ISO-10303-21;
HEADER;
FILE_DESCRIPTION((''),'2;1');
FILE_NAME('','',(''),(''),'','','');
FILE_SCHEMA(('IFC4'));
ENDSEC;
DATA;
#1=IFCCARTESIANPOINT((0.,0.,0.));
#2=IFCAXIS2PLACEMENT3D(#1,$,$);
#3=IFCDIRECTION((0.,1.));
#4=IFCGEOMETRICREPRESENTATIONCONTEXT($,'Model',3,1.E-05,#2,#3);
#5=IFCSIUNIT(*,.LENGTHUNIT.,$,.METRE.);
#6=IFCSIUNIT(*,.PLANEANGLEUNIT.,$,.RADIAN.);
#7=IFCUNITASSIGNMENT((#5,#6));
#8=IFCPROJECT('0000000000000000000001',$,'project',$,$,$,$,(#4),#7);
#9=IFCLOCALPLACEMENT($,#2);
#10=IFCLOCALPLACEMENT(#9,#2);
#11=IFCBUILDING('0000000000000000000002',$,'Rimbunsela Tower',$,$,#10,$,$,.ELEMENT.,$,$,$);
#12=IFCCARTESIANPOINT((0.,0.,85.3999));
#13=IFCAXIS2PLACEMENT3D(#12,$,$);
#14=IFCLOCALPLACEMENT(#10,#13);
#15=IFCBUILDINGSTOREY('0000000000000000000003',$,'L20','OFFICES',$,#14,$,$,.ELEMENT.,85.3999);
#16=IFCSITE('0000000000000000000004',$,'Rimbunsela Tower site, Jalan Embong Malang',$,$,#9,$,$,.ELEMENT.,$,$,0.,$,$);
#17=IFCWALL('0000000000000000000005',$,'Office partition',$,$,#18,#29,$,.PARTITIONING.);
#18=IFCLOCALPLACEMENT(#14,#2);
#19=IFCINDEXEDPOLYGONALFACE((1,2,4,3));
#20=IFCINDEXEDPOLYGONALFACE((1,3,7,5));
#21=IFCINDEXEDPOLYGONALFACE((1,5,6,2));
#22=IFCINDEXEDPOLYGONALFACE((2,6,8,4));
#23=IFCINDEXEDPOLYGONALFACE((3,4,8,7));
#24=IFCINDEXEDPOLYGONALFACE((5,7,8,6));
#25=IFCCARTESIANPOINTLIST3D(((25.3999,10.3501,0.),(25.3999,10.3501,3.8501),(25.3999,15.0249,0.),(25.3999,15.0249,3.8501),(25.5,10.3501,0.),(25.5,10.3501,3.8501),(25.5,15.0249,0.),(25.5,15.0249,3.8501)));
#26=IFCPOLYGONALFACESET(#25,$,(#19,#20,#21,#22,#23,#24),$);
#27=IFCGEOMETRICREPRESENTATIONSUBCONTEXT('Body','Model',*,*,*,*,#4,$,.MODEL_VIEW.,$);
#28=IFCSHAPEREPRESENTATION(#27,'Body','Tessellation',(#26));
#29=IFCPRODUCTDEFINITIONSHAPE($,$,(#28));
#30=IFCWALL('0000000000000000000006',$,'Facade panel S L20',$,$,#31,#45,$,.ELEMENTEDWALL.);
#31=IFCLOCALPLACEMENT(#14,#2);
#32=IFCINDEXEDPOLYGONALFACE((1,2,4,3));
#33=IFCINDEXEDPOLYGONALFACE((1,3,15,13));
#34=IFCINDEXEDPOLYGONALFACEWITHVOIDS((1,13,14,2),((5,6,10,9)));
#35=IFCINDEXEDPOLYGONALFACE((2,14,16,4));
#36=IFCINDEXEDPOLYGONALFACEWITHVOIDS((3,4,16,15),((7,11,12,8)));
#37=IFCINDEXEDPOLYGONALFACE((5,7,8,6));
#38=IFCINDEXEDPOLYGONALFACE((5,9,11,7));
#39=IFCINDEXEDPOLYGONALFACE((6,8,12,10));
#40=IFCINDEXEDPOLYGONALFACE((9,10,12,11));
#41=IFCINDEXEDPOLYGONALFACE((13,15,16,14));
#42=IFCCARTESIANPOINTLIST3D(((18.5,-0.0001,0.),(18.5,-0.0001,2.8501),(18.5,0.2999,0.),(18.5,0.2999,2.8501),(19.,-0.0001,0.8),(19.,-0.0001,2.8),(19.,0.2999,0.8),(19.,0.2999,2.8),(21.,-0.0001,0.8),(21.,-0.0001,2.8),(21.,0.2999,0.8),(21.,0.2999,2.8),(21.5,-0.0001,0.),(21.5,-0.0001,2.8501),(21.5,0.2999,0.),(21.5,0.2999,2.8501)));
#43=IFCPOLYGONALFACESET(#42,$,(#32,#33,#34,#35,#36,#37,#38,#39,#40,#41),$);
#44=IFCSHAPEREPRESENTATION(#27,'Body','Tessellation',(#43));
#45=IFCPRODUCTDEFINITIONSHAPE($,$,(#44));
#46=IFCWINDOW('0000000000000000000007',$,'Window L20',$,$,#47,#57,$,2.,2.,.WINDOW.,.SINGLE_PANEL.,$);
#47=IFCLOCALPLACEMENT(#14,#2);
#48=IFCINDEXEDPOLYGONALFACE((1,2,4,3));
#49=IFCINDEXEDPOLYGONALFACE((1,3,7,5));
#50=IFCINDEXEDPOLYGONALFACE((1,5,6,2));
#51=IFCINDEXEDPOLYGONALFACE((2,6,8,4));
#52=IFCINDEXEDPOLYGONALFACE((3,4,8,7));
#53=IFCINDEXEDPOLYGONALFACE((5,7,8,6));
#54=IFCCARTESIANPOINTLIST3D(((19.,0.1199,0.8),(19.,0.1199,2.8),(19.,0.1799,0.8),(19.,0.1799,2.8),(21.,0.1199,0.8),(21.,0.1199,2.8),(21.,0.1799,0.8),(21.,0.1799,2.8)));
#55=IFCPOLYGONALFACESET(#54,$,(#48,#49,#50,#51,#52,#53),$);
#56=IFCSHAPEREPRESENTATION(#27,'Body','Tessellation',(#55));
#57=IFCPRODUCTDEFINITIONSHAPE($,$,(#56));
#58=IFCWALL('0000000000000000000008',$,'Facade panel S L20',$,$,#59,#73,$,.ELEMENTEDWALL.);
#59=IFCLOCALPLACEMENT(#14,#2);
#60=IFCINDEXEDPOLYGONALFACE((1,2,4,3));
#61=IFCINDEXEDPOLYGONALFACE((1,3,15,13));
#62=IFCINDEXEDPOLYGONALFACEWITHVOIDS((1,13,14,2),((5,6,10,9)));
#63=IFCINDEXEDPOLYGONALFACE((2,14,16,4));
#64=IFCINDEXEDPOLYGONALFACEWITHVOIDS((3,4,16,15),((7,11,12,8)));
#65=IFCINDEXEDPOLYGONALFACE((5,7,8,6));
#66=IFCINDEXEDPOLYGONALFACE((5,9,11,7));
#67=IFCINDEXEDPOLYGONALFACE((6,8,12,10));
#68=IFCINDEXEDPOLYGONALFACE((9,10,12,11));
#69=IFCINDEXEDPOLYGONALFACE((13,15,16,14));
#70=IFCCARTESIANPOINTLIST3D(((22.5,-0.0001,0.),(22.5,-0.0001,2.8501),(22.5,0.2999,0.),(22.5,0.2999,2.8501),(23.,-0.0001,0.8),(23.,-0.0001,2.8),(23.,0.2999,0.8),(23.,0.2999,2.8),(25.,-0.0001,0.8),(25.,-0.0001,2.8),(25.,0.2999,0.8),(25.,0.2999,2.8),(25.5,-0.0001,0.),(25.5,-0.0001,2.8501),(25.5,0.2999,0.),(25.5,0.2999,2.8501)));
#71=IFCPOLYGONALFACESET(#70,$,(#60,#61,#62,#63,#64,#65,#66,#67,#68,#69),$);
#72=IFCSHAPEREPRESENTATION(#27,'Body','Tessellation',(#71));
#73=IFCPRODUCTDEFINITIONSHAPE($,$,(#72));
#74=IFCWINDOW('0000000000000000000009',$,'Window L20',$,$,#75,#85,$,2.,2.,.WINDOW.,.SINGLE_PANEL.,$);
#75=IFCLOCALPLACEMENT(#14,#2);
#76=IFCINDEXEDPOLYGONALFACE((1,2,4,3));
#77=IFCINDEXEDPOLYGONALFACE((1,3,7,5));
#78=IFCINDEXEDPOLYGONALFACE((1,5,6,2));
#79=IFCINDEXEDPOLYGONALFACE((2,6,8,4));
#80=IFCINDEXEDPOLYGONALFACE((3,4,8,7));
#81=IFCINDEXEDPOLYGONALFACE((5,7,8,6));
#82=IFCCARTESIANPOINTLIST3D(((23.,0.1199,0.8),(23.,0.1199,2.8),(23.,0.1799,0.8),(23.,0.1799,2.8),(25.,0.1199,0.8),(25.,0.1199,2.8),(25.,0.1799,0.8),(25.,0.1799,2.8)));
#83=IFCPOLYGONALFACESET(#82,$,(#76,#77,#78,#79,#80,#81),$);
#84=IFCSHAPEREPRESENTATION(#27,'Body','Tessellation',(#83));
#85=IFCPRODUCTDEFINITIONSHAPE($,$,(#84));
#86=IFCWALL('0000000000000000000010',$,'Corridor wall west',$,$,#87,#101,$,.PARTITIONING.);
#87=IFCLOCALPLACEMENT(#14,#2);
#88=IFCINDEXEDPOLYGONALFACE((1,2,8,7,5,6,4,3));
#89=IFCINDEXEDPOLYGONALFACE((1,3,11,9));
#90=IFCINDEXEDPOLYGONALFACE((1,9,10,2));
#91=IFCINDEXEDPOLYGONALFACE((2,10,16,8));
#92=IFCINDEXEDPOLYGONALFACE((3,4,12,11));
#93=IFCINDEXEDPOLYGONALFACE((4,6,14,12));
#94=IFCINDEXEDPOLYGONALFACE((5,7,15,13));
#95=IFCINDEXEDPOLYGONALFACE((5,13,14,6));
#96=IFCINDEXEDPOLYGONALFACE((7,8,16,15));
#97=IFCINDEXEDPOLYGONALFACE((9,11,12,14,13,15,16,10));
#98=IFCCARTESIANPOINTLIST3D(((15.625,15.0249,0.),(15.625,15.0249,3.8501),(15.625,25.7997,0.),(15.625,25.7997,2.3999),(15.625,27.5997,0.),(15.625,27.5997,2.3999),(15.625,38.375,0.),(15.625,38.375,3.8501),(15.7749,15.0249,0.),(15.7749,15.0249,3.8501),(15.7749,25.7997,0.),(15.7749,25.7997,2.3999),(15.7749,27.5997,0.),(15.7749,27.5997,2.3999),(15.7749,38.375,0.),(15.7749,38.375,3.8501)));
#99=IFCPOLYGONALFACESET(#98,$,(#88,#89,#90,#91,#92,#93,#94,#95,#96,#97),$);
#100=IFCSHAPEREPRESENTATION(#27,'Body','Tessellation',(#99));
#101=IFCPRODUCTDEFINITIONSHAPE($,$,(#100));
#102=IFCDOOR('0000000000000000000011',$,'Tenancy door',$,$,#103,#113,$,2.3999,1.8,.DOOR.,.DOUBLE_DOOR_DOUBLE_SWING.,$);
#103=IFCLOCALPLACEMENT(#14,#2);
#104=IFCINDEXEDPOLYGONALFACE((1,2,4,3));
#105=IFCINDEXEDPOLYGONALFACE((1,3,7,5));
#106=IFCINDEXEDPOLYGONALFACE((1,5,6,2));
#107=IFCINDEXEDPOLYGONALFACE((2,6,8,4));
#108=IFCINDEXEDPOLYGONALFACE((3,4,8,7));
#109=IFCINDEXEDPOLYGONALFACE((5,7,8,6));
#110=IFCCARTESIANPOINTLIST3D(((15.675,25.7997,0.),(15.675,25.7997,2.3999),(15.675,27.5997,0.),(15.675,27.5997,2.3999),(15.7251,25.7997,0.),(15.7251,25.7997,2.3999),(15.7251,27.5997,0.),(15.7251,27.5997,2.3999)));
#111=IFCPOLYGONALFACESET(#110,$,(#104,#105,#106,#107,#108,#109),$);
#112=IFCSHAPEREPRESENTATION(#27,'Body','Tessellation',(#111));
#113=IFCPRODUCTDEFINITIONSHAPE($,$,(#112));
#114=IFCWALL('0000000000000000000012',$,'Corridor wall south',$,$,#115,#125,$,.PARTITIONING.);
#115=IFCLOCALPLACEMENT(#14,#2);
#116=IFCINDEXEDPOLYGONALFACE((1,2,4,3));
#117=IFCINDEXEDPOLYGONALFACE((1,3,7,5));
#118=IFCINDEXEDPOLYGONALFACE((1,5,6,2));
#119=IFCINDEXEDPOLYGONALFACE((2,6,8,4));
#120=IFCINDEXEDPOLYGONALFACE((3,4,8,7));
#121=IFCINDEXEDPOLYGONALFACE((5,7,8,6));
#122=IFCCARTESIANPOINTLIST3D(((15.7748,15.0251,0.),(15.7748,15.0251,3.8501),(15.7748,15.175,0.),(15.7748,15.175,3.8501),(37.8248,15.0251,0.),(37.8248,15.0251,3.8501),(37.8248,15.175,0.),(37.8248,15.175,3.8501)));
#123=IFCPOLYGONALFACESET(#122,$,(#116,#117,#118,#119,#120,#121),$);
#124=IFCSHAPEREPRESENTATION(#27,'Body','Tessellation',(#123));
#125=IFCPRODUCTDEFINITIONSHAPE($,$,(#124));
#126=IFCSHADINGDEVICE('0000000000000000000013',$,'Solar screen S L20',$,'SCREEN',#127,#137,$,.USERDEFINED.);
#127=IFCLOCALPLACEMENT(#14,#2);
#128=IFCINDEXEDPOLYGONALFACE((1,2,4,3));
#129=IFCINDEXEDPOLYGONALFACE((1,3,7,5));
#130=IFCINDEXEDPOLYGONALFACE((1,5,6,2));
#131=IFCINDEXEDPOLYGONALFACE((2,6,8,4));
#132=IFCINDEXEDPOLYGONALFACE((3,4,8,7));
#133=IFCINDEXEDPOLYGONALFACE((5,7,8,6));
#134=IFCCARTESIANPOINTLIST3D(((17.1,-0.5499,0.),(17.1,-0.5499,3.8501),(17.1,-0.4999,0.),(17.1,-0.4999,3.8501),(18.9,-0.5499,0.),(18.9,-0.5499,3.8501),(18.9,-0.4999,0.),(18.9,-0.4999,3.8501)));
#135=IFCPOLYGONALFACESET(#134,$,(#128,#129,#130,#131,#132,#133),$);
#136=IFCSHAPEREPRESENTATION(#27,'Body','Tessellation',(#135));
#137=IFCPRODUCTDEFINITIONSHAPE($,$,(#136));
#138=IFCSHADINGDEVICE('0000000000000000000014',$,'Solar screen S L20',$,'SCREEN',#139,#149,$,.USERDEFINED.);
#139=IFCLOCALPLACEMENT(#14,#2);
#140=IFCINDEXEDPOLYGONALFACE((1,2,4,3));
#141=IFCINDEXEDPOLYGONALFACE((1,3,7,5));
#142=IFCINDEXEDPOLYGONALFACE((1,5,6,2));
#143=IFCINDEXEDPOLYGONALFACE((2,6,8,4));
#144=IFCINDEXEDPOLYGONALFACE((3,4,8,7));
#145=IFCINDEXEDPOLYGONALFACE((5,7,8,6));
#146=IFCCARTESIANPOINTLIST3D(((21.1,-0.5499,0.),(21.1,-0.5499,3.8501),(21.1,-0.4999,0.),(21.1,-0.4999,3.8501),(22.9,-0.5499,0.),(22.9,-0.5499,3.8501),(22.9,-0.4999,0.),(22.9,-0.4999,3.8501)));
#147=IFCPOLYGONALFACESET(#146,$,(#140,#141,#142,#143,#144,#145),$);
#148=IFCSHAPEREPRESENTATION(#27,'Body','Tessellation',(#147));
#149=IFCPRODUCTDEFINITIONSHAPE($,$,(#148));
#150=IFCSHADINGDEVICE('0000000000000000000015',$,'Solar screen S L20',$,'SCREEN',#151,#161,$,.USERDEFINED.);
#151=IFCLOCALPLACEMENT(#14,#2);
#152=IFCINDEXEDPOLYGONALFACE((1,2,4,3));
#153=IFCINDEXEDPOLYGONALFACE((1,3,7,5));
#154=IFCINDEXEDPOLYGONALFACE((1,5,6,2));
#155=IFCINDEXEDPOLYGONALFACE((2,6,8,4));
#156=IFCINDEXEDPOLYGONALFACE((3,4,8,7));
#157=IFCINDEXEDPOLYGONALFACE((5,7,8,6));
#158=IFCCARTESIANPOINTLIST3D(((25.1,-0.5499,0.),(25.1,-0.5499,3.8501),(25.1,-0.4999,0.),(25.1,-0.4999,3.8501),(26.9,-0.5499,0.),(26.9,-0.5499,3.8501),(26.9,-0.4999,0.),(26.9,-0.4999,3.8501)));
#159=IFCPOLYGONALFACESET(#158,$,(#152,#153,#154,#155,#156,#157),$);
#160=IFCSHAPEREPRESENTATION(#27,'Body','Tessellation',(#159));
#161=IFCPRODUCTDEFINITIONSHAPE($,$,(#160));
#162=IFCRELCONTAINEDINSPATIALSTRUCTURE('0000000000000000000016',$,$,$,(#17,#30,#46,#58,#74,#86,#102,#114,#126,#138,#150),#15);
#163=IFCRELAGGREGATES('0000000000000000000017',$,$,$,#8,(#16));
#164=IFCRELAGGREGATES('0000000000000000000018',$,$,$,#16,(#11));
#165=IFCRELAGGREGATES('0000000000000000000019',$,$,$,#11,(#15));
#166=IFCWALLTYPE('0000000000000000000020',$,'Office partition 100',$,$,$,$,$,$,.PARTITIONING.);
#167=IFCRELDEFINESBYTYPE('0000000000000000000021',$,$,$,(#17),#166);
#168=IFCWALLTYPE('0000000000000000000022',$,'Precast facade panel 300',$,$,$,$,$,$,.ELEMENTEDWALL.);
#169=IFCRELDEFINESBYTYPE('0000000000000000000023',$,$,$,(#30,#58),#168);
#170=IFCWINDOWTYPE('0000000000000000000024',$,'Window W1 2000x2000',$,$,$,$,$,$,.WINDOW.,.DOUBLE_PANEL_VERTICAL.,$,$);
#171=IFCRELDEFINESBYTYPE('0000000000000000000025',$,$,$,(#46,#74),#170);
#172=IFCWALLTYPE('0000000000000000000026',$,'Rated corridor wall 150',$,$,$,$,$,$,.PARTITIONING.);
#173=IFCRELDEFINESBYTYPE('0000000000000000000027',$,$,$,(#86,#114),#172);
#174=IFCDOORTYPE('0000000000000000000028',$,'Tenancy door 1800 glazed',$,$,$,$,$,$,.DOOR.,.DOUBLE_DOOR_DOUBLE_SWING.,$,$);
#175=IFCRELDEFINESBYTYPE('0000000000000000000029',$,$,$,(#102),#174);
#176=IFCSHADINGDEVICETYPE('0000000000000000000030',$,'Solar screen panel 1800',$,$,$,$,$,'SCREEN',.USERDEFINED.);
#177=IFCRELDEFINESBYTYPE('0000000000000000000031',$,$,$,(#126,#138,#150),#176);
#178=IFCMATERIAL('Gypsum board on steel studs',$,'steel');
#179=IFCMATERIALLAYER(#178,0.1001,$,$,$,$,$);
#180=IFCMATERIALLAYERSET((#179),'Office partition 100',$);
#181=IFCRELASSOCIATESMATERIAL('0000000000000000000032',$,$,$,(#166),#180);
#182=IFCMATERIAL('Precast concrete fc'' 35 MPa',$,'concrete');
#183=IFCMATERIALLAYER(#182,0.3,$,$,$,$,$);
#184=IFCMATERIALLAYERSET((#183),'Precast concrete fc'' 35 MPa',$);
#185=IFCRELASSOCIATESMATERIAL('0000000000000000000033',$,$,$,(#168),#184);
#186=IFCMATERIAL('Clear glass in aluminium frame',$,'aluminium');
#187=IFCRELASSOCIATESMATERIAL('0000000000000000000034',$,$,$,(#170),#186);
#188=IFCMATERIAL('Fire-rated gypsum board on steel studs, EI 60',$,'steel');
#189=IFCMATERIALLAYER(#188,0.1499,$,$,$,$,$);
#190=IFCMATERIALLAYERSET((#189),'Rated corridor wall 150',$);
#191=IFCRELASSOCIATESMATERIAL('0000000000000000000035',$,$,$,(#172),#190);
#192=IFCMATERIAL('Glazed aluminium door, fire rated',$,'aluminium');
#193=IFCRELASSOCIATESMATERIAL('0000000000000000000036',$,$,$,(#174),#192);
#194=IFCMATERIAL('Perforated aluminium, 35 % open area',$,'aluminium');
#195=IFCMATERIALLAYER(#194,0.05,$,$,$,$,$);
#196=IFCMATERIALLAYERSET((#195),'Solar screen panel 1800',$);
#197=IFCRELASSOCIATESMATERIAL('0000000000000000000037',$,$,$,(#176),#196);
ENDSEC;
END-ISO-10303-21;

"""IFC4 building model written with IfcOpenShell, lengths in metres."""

from ifc_helpers import new_model, si_unit, direction, frame, frame_2d, origin, origin_2d, place, context, subcontext, project, spatial, rectangle, extrude, material, layer, layer_set, type_object, element, fill, save


model = new_model("IFC4")

# Units and contexts
model_context = context("Model", 3, precision=1e-05, world=origin(), true_north=direction((0.0, 1.0)))
body_context = subcontext(model_context, "Body", "Model", "MODEL_VIEW")
ifc_project = project(units=[si_unit("LENGTHUNIT", "METRE"), si_unit("PLANEANGLEUNIT", "RADIAN")], contexts=[model_context])

# Site, building, storey
site_placement = place(None, origin())
site = spatial("IfcSite", under=ifc_project, at=site_placement, Name="Rimbunsela Tower site, Jalan Embong Malang", CompositionType="ELEMENT", RefElevation=0.0)
building_placement = place(site_placement, origin())
building = spatial("IfcBuilding", under=site, at=building_placement, Name="Rimbunsela Tower", CompositionType="ELEMENT")
storey_placement = place(building_placement, frame((0.0, 0.0, 85.3999)))
storey = spatial("IfcBuildingStorey", under=building, at=storey_placement, Name="L20", Description="OFFICES", CompositionType="ELEMENT", Elevation=85.3999)

# Wall
ifc_material_1 = material(Name="Gypsum board on steel studs", Category="steel")
ifc_layer_1 = layer(ifc_material_1, 0.1001)
ifc_layer_set_1 = layer_set([ifc_layer_1], Name="Office partition 100")
wall_type_1 = type_object("IfcWallType", Name="Office partition 100", PredefinedType="PARTITIONING", material=ifc_layer_set_1)
for number, where, z_axis, x_axis, name in (
    (1, (25.45, 10.3501, 0.0), (0.0, 0.0, 1.0), (0.0, 1.0, 0.0), "Office partition"),
):
    element("IfcWall", number, at=place(storey_placement, frame(where, z_axis=z_axis, x_axis=x_axis)), inside=storey, type_object=wall_type_1, Name=name, PredefinedType="PARTITIONING", context=body_context, shape_type="SweptSolid", body=[
        extrude(rectangle(XDim=4.6748, YDim=0.1001, at=frame_2d((2.3374, 0.0))), origin(), (0.0, 0.0, 1.0), 3.8501),
    ])

# Walls, openings, windows
ifc_material_2 = material(Name="Precast concrete fc' 35 MPa", Category="concrete")
ifc_layer_2 = layer(ifc_material_2, 0.3)
ifc_layer_set_2 = layer_set([ifc_layer_2], Name="Precast concrete fc' 35 MPa")
wall_type_2 = type_object("IfcWallType", Name="Precast facade panel 300", PredefinedType="ELEMENTEDWALL", material=ifc_layer_set_2)
wall_1_placement = place(storey_placement, frame((18.5, 0.1499, 0.0), z_axis=(0.0, 0.0, 1.0), x_axis=(1.0, 0.0, 0.0)))
wall_1 = element("IfcWall", 2, at=wall_1_placement, inside=storey, type_object=wall_type_2, Name="Facade panel S L20", PredefinedType="ELEMENTEDWALL", context=body_context, shape_type="SweptSolid", body=[
    extrude(rectangle(XDim=3.0, YDim=0.3, at=frame_2d((1.5, 0.0))), origin(), (0.0, 0.0, 1.0), 2.8501),
])
opening_1_placement = place(wall_1_placement, frame((0.5, 0.0, 0.8)))
opening_1 = element("IfcOpeningElement", 3, at=opening_1_placement, cuts=wall_1, PredefinedType="OPENING", context=body_context, shape_type="SweptSolid", body=[
    extrude(rectangle(XDim=2.0, YDim=2.0, at=frame_2d((1.0, 1.0))), frame((0.0, 0.1599, 0.0), z_axis=(0.0, -1.0, 0.0), x_axis=(1.0, 0.0, 0.0)), (0.0, 0.0, 1.0), 0.3201),
])
ifc_material_3 = material(Name="Clear glass in aluminium frame", Category="aluminium")
window_type = type_object("IfcWindowType", Name="Window W1 2000x2000", PartitioningType="DOUBLE_PANEL_VERTICAL", PredefinedType="WINDOW", material=ifc_material_3)
window_1_placement = place(opening_1_placement, origin())
window_1 = element("IfcWindow", 4, at=window_1_placement, inside=storey, type_object=window_type, Name="Window L20", OverallHeight=2.0, OverallWidth=2.0, PartitioningType="SINGLE_PANEL", PredefinedType="WINDOW", context=body_context, shape_type="SweptSolid", body=[
    extrude(rectangle(XDim=2.0, YDim=2.0, at=frame_2d((1.0, 1.0))), frame((0.0, 0.03, 0.0), z_axis=(0.0, -1.0, 0.0), x_axis=(1.0, 0.0, 0.0)), (0.0, 0.0, 1.0), 0.0601),
])
fill(opening_1, window_1)
wall_2_placement = place(storey_placement, frame((22.5, 0.1499, 0.0), z_axis=(0.0, 0.0, 1.0), x_axis=(1.0, 0.0, 0.0)))
wall_2 = element("IfcWall", 5, at=wall_2_placement, inside=storey, type_object=wall_type_2, Name="Facade panel S L20", PredefinedType="ELEMENTEDWALL", context=body_context, shape_type="SweptSolid", body=[
    extrude(rectangle(XDim=3.0, YDim=0.3, at=frame_2d((1.5, 0.0))), origin(), (0.0, 0.0, 1.0), 2.8501),
])
opening_2_placement = place(wall_2_placement, frame((0.5, 0.0, 0.8)))
opening_2 = element("IfcOpeningElement", 6, at=opening_2_placement, cuts=wall_2, PredefinedType="OPENING", context=body_context, shape_type="SweptSolid", body=[
    extrude(rectangle(XDim=2.0, YDim=2.0, at=frame_2d((1.0, 1.0))), frame((0.0, 0.1599, 0.0), z_axis=(0.0, -1.0, 0.0), x_axis=(1.0, 0.0, 0.0)), (0.0, 0.0, 1.0), 0.3201),
])
window_2_placement = place(opening_2_placement, origin())
window_2 = element("IfcWindow", 7, at=window_2_placement, inside=storey, type_object=window_type, Name="Window L20", OverallHeight=2.0, OverallWidth=2.0, PartitioningType="SINGLE_PANEL", PredefinedType="WINDOW", context=body_context, shape_type="SweptSolid", body=[
    extrude(rectangle(XDim=2.0, YDim=2.0, at=frame_2d((1.0, 1.0))), frame((0.0, 0.03, 0.0), z_axis=(0.0, -1.0, 0.0), x_axis=(1.0, 0.0, 0.0)), (0.0, 0.0, 1.0), 0.0601),
])
fill(opening_2, window_2)

# Wall, opening, door
ifc_material_4 = material(Name="Fire-rated gypsum board on steel studs, EI 60", Category="steel")
ifc_layer_3 = layer(ifc_material_4, 0.1499)
ifc_layer_set_3 = layer_set([ifc_layer_3], Name="Rated corridor wall 150")
wall_type_3 = type_object("IfcWallType", Name="Rated corridor wall 150", PredefinedType="PARTITIONING", material=ifc_layer_set_3)
wall_3_placement = place(storey_placement, frame((15.7, 15.0249, 0.0), z_axis=(0.0, 0.0, 1.0), x_axis=(0.0, 1.0, 0.0)))
wall_3 = element("IfcWall", 8, at=wall_3_placement, inside=storey, type_object=wall_type_3, Name="Corridor wall west", PredefinedType="PARTITIONING", context=body_context, shape_type="SweptSolid", body=[
    extrude(rectangle(XDim=23.3501, YDim=0.1499, at=frame_2d((11.675, 0.0))), origin(), (0.0, 0.0, 1.0), 3.8501),
])
opening_3_placement = place(wall_3_placement, frame((10.7749, 0.0, 0.0)))
opening_3 = element("IfcOpeningElement", 9, at=opening_3_placement, cuts=wall_3, PredefinedType="OPENING", context=body_context, shape_type="SweptSolid", body=[
    extrude(rectangle(XDim=1.8, YDim=2.3999, at=frame_2d((0.8999, 1.2))), frame((0.0, 0.085, 0.0), z_axis=(0.0, -1.0, 0.0), x_axis=(1.0, 0.0, 0.0)), (0.0, 0.0, 1.0), 0.1699),
])
ifc_material_5 = material(Name="Glazed aluminium door, fire rated", Category="aluminium")
door_type = type_object("IfcDoorType", Name="Tenancy door 1800 glazed", OperationType="DOUBLE_DOOR_DOUBLE_SWING", PredefinedType="DOOR", material=ifc_material_5)
door_placement = place(opening_3_placement, origin())
door = element("IfcDoor", 10, at=door_placement, inside=storey, type_object=door_type, Name="Tenancy door", OperationType="DOUBLE_DOOR_DOUBLE_SWING", OverallHeight=2.3999, OverallWidth=1.8, PredefinedType="DOOR", context=body_context, shape_type="SweptSolid", body=[
    extrude(rectangle(XDim=1.8, YDim=2.3999, at=frame_2d((0.8999, 1.2))), frame((0.0, 0.0249, 0.0), z_axis=(0.0, -1.0, 0.0), x_axis=(1.0, 0.0, 0.0)), (0.0, 0.0, 1.0), 0.05),
])
fill(opening_3, door)

# Wall
wall_4_placement = place(storey_placement, frame((15.7749, 15.1001, 0.0), z_axis=(0.0, 0.0, 1.0), x_axis=(1.0, 0.0, 0.0)))
element("IfcWall", 11, at=wall_4_placement, inside=storey, type_object=wall_type_3, Name="Corridor wall south", PredefinedType="PARTITIONING", context=body_context, shape_type="SweptSolid", body=[
    extrude(rectangle(XDim=22.05, YDim=0.1499, at=frame_2d((11.0249, 0.0))), origin(), (0.0, 0.0, 1.0), 3.8501),
])

# Shading devices
ifc_material_6 = material(Name="Perforated aluminium, 35 % open area", Category="aluminium")
ifc_layer_4 = layer(ifc_material_6, 0.05)
ifc_layer_set_4 = layer_set([ifc_layer_4], Name="Solar screen panel 1800")
shading_device_type = type_object("IfcShadingDeviceType", Name="Solar screen panel 1800", ElementType="SCREEN", PredefinedType="USERDEFINED", material=ifc_layer_set_4)
for number, where, z_axis, x_axis, name in (
    (12, (18.0, -0.5249, 0.0), (0.0, 0.0, 1.0), (1.0, 0.0, 0.0), "Solar screen S L20"),
    (13, (22.0, -0.5249, 0.0), (0.0, 0.0, 1.0), (1.0, 0.0, 0.0), "Solar screen S L20"),
    (14, (26.0, -0.5249, 0.0), (0.0, 0.0, 1.0), (1.0, 0.0, 0.0), "Solar screen S L20"),
):
    element("IfcShadingDevice", number, at=place(storey_placement, frame(where, z_axis=z_axis, x_axis=x_axis)), inside=storey, type_object=shading_device_type, Name=name, ObjectType="SCREEN", PredefinedType="USERDEFINED", context=body_context, shape_type="SweptSolid", body=[
        extrude(rectangle(XDim=1.8, YDim=0.05, at=origin_2d()), origin(), (0.0, 0.0, 1.0), 3.8501),
    ])

save(model, "model.ifc")
